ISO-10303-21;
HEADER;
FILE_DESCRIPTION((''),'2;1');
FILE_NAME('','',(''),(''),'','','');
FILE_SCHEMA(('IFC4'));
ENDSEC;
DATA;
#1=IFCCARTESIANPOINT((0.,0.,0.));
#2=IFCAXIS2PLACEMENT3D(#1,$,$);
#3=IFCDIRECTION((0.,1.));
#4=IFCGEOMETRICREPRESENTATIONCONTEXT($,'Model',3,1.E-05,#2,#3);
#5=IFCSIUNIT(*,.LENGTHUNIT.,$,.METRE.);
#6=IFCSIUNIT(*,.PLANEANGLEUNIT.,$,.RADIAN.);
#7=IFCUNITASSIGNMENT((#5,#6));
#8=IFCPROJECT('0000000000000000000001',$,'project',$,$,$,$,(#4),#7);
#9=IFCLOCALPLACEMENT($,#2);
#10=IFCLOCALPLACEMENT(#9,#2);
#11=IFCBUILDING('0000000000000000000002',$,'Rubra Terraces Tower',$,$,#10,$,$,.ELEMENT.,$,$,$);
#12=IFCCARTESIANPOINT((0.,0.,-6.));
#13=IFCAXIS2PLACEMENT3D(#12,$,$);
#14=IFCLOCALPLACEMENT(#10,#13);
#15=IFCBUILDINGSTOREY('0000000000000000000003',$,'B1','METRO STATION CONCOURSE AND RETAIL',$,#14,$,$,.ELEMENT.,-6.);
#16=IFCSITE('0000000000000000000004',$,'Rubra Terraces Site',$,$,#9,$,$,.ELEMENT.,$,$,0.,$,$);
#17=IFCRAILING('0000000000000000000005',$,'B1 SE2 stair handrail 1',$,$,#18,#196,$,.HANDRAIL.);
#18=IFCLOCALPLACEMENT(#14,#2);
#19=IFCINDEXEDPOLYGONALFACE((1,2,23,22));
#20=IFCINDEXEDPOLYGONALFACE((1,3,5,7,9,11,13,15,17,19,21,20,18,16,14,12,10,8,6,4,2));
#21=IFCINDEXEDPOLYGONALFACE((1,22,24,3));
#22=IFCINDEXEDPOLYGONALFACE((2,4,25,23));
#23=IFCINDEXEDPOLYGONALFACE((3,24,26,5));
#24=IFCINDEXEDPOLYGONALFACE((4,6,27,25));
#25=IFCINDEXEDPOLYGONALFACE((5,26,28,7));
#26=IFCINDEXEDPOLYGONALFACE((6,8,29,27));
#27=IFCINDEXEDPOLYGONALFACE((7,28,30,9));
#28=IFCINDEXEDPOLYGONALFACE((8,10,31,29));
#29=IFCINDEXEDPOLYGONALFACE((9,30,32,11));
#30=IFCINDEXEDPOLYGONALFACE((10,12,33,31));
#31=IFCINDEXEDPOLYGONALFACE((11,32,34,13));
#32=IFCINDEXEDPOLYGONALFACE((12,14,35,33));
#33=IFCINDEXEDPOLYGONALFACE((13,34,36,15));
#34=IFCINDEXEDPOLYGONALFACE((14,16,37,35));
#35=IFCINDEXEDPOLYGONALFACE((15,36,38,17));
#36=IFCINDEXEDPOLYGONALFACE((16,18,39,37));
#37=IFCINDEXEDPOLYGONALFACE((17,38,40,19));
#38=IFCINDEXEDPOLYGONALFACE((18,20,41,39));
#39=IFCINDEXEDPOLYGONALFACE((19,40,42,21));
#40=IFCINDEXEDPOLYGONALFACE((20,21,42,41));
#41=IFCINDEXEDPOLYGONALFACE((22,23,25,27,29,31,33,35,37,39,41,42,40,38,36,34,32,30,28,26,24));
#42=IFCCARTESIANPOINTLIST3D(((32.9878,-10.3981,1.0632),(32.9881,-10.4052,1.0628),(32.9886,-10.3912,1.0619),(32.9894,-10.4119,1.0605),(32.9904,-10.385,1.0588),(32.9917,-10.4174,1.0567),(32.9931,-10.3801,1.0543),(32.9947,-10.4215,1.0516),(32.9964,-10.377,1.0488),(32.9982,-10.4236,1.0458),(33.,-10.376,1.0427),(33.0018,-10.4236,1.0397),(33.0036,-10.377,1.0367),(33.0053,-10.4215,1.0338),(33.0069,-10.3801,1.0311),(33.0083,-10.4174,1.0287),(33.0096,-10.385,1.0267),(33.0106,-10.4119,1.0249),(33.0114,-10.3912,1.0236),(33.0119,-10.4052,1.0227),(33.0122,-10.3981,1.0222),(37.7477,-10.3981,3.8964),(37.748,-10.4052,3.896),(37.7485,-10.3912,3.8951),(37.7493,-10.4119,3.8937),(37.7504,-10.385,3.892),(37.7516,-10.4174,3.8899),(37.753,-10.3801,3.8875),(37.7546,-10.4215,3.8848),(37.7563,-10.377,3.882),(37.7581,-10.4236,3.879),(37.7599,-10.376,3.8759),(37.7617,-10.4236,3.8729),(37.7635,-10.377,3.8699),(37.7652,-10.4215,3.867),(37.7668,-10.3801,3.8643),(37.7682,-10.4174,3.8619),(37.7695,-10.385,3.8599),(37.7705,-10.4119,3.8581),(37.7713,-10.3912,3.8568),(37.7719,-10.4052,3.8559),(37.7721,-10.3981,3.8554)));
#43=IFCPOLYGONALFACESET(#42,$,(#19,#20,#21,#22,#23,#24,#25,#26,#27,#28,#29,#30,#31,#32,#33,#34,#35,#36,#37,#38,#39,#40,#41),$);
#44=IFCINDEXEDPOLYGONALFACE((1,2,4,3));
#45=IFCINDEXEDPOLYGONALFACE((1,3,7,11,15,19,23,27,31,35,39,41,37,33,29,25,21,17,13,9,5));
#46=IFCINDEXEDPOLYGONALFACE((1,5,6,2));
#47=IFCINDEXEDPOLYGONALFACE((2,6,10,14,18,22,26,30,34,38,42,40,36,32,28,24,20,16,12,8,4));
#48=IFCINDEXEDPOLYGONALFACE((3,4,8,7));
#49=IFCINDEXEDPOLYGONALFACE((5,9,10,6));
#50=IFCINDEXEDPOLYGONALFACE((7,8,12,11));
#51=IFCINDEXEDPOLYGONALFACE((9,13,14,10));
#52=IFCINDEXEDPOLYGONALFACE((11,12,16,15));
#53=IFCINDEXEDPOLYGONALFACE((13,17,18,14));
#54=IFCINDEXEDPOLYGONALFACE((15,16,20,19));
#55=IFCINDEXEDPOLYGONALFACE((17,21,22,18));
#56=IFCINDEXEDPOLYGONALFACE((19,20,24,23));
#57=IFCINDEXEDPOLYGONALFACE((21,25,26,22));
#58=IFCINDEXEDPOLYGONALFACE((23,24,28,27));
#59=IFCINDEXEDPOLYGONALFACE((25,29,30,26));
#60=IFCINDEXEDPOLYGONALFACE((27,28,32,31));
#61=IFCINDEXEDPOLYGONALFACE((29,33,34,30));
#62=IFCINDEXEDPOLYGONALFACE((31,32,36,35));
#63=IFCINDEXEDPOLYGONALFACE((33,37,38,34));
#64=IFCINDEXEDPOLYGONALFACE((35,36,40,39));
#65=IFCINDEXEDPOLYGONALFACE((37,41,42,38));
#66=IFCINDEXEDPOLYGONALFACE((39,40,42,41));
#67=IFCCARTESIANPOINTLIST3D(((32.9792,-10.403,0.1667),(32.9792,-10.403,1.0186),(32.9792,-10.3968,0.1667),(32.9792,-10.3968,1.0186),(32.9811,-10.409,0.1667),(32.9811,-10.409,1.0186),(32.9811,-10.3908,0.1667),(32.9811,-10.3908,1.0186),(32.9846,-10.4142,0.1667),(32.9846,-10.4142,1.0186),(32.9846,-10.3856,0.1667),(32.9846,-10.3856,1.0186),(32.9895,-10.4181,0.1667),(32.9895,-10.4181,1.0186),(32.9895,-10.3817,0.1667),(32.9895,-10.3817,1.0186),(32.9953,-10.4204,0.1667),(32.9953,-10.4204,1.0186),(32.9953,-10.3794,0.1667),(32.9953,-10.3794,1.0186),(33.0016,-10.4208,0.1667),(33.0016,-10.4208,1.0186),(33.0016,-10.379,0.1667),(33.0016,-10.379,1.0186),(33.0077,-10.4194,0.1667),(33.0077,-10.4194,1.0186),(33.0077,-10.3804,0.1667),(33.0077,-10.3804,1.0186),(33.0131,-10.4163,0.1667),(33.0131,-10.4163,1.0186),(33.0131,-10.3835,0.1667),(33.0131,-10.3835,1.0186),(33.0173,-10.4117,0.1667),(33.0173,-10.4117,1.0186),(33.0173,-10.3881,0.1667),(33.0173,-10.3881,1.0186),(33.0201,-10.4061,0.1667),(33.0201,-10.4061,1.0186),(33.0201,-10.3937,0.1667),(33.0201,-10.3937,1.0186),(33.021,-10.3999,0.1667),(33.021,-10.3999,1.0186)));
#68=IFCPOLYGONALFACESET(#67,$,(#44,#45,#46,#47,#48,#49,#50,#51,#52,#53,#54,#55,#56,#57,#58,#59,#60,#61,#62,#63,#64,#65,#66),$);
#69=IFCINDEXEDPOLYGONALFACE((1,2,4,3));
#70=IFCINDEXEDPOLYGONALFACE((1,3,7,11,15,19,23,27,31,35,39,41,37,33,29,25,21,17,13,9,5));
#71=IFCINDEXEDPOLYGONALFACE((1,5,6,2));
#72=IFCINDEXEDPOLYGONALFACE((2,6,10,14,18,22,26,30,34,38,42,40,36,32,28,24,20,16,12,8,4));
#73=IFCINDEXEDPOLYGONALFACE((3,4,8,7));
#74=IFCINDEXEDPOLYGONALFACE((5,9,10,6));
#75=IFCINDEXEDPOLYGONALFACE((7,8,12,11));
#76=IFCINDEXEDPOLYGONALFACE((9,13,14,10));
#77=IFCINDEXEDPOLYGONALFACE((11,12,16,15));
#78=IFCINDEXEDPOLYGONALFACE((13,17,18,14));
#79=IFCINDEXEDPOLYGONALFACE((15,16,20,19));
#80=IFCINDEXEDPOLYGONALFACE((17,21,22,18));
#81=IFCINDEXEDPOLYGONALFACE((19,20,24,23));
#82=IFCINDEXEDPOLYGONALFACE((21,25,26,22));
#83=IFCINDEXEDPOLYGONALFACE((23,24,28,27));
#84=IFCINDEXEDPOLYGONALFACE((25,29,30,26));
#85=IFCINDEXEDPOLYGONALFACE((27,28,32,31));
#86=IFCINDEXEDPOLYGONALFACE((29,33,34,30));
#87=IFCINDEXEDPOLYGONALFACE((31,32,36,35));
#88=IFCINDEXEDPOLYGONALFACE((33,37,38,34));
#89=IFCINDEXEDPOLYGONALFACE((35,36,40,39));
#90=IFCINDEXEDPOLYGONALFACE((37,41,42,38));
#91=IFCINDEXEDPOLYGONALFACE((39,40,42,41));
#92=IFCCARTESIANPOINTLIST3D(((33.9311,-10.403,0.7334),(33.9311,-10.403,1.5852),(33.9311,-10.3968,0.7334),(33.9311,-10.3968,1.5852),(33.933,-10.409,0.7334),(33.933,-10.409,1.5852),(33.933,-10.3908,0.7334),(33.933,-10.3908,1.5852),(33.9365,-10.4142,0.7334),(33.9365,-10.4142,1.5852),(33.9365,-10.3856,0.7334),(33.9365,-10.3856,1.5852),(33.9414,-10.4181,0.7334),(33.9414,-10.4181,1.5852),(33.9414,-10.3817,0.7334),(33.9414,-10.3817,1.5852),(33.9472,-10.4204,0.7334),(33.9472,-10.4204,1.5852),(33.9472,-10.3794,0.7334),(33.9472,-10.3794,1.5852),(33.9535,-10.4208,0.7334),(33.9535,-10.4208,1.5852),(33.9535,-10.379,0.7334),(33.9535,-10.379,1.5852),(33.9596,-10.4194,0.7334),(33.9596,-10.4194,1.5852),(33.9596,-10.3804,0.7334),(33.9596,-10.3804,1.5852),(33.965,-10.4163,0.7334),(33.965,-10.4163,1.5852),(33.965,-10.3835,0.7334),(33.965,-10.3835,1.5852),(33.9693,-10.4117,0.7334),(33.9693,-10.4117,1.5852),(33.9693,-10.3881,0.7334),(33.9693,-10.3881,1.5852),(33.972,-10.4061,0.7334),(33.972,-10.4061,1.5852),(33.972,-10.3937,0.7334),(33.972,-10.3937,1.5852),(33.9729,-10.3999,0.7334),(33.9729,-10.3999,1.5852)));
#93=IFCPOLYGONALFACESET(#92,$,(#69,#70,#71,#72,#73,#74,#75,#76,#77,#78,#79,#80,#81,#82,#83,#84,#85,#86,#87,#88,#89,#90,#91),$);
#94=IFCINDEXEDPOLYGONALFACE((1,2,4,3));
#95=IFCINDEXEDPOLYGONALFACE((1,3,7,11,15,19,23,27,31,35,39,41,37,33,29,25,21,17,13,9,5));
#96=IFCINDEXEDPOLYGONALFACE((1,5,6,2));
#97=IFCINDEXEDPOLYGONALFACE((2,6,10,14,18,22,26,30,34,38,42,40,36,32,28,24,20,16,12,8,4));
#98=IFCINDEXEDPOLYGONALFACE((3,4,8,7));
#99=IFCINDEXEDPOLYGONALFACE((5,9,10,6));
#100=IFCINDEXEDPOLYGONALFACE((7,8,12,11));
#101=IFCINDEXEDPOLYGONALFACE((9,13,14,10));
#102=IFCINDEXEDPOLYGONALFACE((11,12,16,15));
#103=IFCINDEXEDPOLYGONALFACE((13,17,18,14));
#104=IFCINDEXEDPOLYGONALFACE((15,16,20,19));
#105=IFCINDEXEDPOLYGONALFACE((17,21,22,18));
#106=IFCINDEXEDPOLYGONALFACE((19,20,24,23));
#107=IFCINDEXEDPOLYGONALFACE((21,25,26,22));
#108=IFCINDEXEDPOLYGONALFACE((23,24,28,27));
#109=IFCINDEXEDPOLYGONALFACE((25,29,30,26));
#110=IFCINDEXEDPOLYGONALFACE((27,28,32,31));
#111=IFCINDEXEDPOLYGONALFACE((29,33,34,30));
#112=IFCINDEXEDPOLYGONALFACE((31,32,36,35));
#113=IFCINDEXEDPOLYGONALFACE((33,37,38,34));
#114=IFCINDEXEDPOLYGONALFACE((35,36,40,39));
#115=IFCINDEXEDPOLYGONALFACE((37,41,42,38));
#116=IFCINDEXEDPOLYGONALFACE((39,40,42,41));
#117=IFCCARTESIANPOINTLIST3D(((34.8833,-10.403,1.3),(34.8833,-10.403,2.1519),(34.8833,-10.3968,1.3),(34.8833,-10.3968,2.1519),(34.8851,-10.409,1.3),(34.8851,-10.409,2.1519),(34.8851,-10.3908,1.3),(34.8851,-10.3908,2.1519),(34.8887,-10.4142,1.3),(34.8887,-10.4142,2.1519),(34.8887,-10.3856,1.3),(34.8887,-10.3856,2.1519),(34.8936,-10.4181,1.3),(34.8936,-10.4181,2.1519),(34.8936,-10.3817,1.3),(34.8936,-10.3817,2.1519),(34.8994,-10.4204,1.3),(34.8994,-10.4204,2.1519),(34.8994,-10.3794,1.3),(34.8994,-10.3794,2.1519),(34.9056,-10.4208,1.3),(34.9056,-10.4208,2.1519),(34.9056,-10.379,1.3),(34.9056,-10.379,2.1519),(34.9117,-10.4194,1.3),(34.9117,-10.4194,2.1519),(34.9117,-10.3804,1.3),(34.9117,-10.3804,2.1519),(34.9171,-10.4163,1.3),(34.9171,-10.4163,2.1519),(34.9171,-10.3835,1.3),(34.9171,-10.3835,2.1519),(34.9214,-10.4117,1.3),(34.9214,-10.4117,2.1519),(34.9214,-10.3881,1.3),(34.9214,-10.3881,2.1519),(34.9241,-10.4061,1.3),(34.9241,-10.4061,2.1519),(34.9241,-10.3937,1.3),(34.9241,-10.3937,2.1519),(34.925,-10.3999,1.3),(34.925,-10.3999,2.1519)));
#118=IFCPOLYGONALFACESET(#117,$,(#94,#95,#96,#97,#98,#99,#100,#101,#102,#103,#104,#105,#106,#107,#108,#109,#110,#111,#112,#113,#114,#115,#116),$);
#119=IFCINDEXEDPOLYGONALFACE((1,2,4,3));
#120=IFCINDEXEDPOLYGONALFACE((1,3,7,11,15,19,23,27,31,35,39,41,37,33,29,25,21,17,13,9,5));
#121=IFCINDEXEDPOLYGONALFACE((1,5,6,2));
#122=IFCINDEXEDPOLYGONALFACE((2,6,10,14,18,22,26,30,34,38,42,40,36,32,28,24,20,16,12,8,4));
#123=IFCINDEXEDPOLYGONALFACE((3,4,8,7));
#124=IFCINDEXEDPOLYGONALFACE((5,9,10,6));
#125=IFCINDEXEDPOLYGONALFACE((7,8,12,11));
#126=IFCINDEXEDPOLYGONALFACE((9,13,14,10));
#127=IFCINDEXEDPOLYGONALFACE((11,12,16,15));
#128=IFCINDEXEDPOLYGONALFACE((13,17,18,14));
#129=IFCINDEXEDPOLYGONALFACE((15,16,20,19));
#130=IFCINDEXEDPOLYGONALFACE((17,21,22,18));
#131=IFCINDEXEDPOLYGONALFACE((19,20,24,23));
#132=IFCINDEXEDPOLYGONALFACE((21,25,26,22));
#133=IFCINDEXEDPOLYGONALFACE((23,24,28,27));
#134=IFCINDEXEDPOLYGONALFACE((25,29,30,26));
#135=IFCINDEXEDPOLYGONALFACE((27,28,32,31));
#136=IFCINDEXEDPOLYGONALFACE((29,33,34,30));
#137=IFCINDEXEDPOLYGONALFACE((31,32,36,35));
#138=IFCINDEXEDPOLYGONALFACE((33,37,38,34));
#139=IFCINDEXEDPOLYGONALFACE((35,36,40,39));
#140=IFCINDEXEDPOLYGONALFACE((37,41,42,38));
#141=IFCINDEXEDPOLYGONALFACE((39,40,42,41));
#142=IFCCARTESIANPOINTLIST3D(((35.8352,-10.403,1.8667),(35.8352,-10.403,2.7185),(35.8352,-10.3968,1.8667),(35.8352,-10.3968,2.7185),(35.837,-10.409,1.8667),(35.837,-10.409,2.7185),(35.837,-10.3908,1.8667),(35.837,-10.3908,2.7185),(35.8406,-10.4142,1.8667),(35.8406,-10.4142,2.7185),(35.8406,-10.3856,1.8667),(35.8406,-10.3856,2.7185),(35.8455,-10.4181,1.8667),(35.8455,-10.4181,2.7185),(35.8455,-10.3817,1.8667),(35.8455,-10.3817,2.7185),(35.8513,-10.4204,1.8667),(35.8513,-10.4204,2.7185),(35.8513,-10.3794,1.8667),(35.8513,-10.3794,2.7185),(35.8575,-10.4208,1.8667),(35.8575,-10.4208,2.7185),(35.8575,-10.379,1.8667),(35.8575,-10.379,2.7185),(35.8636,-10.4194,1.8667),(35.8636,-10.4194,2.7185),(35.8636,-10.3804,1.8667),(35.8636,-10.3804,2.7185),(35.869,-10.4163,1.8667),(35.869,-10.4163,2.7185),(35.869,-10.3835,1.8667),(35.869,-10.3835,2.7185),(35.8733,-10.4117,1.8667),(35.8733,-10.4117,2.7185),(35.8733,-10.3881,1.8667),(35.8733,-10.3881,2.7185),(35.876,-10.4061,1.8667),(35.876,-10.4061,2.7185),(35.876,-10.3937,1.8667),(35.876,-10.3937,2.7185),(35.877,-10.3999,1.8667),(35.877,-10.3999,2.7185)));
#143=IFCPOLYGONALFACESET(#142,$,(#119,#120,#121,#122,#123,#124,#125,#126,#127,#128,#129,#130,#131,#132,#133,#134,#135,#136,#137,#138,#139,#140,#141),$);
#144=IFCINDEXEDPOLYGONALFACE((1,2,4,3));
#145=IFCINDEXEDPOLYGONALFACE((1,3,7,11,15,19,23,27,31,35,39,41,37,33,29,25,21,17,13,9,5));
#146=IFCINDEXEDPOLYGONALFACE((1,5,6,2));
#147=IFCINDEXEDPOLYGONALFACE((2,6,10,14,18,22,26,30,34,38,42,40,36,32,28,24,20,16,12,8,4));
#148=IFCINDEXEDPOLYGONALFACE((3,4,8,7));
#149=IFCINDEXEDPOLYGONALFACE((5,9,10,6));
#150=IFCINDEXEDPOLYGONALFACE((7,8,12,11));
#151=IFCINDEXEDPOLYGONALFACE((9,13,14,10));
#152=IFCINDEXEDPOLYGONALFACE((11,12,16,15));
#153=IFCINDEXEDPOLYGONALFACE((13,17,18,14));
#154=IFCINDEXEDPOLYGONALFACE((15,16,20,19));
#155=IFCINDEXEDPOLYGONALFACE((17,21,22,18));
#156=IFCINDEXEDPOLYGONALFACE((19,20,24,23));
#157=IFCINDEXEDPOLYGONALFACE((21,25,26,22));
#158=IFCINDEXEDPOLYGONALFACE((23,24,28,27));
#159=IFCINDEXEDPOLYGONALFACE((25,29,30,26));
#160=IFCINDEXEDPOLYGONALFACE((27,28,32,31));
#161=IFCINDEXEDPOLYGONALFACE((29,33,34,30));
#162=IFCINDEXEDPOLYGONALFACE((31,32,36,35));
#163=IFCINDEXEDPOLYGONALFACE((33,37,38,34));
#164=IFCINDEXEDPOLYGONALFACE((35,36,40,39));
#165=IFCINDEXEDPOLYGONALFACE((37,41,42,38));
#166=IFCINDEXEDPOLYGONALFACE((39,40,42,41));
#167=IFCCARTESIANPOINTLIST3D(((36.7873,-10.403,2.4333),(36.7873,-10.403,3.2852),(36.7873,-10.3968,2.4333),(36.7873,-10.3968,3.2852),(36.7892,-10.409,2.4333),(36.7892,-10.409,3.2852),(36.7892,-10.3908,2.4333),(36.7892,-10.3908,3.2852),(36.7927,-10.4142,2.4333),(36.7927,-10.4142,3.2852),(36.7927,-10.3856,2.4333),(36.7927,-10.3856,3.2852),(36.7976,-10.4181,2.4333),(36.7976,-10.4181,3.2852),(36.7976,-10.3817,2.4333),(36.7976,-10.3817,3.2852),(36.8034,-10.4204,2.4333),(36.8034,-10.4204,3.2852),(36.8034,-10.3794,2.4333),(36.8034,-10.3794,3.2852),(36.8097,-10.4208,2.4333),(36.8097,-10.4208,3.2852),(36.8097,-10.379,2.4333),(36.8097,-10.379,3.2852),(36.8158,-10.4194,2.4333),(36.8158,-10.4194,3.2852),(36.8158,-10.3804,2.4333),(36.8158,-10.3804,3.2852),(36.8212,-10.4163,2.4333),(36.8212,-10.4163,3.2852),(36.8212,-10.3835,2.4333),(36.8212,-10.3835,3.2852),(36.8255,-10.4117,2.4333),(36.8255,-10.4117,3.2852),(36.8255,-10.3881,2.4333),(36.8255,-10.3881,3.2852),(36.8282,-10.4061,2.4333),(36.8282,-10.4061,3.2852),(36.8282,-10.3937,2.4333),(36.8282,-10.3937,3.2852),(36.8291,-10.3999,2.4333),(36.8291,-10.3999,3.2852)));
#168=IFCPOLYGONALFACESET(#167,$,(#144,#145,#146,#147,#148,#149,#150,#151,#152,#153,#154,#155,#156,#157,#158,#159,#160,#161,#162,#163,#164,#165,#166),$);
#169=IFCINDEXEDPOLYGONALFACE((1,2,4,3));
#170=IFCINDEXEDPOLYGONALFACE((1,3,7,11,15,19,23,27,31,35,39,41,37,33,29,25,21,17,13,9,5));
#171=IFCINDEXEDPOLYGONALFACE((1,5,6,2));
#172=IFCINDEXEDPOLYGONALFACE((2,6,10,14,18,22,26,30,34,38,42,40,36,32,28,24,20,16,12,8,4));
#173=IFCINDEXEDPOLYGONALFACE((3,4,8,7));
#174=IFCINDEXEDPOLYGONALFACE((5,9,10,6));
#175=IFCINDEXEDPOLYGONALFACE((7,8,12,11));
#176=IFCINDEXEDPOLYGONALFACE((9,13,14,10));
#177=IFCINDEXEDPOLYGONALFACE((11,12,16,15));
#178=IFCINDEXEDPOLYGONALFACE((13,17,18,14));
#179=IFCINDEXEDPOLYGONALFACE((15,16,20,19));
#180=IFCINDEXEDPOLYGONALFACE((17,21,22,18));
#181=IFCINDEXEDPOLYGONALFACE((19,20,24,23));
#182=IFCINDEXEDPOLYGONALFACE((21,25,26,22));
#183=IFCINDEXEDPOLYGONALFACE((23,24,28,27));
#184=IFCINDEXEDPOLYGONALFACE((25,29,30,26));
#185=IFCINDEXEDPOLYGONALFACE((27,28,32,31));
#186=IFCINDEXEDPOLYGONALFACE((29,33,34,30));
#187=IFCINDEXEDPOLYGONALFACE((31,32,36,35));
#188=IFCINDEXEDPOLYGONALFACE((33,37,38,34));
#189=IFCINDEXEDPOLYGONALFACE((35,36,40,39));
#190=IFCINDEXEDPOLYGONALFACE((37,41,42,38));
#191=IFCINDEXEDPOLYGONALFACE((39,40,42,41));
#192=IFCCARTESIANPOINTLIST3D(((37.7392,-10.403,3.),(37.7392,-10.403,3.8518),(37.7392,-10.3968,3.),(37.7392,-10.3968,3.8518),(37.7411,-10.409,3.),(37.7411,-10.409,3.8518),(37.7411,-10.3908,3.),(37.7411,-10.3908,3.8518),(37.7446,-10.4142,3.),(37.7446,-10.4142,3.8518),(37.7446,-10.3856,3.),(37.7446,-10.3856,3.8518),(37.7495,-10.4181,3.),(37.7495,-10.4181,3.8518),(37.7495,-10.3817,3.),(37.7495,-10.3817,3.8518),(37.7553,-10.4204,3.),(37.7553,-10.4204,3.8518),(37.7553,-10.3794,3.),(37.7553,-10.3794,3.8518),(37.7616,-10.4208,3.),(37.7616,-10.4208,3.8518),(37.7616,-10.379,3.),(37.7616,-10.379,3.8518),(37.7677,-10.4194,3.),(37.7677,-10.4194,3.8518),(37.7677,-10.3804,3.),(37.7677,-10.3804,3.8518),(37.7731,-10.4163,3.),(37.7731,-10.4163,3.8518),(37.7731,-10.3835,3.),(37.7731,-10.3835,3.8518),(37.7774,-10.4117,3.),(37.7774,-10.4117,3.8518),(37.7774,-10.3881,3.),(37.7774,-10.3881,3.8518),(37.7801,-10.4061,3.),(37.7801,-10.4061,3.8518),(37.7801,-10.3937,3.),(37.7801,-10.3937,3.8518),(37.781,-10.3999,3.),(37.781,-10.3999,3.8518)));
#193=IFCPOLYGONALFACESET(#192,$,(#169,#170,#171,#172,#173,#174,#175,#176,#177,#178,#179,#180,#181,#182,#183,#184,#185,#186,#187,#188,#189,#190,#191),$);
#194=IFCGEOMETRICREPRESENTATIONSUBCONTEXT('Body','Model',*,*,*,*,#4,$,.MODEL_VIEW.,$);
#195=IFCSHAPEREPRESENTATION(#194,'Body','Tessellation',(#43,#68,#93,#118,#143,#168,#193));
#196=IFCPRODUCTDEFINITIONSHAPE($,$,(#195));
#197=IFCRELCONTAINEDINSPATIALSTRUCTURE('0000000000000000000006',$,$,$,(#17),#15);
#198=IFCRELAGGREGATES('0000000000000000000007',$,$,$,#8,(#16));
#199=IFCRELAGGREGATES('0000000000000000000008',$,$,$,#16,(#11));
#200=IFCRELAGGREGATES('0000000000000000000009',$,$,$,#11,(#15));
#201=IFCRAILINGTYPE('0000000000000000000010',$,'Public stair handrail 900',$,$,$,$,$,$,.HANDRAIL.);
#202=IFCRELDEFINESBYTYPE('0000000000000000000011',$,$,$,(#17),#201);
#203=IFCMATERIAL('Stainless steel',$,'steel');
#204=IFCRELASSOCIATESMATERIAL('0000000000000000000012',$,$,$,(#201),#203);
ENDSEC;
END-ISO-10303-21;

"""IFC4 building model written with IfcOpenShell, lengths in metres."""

from ifc_helpers import new_model, si_unit, direction, frame, origin, origin_2d, place, context, subcontext, project, spatial, circle, extrude, material, type_object, element, save


model = new_model("IFC4")

# Units and contexts
model_context = context("Model", 3, precision=1e-05, world=origin(), true_north=direction((0.0, 1.0)))
body_context = subcontext(model_context, "Body", "Model", "MODEL_VIEW")
ifc_project = project(units=[si_unit("LENGTHUNIT", "METRE"), si_unit("PLANEANGLEUNIT", "RADIAN")], contexts=[model_context])

# Site, building, storey
site_placement = place(None, origin())
site = spatial("IfcSite", under=ifc_project, at=site_placement, Name="Rubra Terraces Site", CompositionType="ELEMENT", RefElevation=0.0)
building_placement = place(site_placement, origin())
building = spatial("IfcBuilding", under=site, at=building_placement, Name="Rubra Terraces Tower", CompositionType="ELEMENT")
storey_placement = place(building_placement, frame((0.0, 0.0, -6.0)))
storey = spatial("IfcBuildingStorey", under=building, at=storey_placement, Name="B1", Description="METRO STATION CONCOURSE AND RETAIL", CompositionType="ELEMENT", Elevation=-6.0)

# Railing
ifc_material_1 = material(Name="Stainless steel", Category="steel")
railing_type_1 = type_object("IfcRailingType", Name="Public stair handrail 900", PredefinedType="HANDRAIL", material=ifc_material_1)
railing_1_placement = place(storey_placement, frame((33.0, -10.3999, 0.1667)))
element("IfcRailing", 1, at=railing_1_placement, inside=storey, type_object=railing_type_1, Name="B1 SE2 stair handrail 1", PredefinedType="HANDRAIL", context=body_context, shape_type="SweptSolid", body=[
    extrude(circle(Radius=0.0239, at=origin_2d()), frame((0.0, 0.0, 0.876), z_axis=(0.8593, 0.0, 0.511472), x_axis=(0.0, 1.0, 0.0)), (0.0, 0.0, 1.0), 5.5393),
    extrude(circle(Radius=0.021, at=origin_2d()), origin(), (0.0, 0.0, 1.0), 0.8518),
    extrude(circle(Radius=0.021, at=origin_2d()), frame((0.9519, 0.0, 0.5667)), (0.0, 0.0, 1.0), 0.8518),
    extrude(circle(Radius=0.021, at=origin_2d()), frame((1.9041, 0.0, 1.1333)), (0.0, 0.0, 1.0), 0.8518),
    extrude(circle(Radius=0.021, at=origin_2d()), frame((2.856, 0.0, 1.7)), (0.0, 0.0, 1.0), 0.8518),
    extrude(circle(Radius=0.021, at=origin_2d()), frame((3.8081, 0.0, 2.2666)), (0.0, 0.0, 1.0), 0.8518),
    extrude(circle(Radius=0.021, at=origin_2d()), frame((4.76, 0.0, 2.8333)), (0.0, 0.0, 1.0), 0.8518),
])

save(model, "model.ifc")
